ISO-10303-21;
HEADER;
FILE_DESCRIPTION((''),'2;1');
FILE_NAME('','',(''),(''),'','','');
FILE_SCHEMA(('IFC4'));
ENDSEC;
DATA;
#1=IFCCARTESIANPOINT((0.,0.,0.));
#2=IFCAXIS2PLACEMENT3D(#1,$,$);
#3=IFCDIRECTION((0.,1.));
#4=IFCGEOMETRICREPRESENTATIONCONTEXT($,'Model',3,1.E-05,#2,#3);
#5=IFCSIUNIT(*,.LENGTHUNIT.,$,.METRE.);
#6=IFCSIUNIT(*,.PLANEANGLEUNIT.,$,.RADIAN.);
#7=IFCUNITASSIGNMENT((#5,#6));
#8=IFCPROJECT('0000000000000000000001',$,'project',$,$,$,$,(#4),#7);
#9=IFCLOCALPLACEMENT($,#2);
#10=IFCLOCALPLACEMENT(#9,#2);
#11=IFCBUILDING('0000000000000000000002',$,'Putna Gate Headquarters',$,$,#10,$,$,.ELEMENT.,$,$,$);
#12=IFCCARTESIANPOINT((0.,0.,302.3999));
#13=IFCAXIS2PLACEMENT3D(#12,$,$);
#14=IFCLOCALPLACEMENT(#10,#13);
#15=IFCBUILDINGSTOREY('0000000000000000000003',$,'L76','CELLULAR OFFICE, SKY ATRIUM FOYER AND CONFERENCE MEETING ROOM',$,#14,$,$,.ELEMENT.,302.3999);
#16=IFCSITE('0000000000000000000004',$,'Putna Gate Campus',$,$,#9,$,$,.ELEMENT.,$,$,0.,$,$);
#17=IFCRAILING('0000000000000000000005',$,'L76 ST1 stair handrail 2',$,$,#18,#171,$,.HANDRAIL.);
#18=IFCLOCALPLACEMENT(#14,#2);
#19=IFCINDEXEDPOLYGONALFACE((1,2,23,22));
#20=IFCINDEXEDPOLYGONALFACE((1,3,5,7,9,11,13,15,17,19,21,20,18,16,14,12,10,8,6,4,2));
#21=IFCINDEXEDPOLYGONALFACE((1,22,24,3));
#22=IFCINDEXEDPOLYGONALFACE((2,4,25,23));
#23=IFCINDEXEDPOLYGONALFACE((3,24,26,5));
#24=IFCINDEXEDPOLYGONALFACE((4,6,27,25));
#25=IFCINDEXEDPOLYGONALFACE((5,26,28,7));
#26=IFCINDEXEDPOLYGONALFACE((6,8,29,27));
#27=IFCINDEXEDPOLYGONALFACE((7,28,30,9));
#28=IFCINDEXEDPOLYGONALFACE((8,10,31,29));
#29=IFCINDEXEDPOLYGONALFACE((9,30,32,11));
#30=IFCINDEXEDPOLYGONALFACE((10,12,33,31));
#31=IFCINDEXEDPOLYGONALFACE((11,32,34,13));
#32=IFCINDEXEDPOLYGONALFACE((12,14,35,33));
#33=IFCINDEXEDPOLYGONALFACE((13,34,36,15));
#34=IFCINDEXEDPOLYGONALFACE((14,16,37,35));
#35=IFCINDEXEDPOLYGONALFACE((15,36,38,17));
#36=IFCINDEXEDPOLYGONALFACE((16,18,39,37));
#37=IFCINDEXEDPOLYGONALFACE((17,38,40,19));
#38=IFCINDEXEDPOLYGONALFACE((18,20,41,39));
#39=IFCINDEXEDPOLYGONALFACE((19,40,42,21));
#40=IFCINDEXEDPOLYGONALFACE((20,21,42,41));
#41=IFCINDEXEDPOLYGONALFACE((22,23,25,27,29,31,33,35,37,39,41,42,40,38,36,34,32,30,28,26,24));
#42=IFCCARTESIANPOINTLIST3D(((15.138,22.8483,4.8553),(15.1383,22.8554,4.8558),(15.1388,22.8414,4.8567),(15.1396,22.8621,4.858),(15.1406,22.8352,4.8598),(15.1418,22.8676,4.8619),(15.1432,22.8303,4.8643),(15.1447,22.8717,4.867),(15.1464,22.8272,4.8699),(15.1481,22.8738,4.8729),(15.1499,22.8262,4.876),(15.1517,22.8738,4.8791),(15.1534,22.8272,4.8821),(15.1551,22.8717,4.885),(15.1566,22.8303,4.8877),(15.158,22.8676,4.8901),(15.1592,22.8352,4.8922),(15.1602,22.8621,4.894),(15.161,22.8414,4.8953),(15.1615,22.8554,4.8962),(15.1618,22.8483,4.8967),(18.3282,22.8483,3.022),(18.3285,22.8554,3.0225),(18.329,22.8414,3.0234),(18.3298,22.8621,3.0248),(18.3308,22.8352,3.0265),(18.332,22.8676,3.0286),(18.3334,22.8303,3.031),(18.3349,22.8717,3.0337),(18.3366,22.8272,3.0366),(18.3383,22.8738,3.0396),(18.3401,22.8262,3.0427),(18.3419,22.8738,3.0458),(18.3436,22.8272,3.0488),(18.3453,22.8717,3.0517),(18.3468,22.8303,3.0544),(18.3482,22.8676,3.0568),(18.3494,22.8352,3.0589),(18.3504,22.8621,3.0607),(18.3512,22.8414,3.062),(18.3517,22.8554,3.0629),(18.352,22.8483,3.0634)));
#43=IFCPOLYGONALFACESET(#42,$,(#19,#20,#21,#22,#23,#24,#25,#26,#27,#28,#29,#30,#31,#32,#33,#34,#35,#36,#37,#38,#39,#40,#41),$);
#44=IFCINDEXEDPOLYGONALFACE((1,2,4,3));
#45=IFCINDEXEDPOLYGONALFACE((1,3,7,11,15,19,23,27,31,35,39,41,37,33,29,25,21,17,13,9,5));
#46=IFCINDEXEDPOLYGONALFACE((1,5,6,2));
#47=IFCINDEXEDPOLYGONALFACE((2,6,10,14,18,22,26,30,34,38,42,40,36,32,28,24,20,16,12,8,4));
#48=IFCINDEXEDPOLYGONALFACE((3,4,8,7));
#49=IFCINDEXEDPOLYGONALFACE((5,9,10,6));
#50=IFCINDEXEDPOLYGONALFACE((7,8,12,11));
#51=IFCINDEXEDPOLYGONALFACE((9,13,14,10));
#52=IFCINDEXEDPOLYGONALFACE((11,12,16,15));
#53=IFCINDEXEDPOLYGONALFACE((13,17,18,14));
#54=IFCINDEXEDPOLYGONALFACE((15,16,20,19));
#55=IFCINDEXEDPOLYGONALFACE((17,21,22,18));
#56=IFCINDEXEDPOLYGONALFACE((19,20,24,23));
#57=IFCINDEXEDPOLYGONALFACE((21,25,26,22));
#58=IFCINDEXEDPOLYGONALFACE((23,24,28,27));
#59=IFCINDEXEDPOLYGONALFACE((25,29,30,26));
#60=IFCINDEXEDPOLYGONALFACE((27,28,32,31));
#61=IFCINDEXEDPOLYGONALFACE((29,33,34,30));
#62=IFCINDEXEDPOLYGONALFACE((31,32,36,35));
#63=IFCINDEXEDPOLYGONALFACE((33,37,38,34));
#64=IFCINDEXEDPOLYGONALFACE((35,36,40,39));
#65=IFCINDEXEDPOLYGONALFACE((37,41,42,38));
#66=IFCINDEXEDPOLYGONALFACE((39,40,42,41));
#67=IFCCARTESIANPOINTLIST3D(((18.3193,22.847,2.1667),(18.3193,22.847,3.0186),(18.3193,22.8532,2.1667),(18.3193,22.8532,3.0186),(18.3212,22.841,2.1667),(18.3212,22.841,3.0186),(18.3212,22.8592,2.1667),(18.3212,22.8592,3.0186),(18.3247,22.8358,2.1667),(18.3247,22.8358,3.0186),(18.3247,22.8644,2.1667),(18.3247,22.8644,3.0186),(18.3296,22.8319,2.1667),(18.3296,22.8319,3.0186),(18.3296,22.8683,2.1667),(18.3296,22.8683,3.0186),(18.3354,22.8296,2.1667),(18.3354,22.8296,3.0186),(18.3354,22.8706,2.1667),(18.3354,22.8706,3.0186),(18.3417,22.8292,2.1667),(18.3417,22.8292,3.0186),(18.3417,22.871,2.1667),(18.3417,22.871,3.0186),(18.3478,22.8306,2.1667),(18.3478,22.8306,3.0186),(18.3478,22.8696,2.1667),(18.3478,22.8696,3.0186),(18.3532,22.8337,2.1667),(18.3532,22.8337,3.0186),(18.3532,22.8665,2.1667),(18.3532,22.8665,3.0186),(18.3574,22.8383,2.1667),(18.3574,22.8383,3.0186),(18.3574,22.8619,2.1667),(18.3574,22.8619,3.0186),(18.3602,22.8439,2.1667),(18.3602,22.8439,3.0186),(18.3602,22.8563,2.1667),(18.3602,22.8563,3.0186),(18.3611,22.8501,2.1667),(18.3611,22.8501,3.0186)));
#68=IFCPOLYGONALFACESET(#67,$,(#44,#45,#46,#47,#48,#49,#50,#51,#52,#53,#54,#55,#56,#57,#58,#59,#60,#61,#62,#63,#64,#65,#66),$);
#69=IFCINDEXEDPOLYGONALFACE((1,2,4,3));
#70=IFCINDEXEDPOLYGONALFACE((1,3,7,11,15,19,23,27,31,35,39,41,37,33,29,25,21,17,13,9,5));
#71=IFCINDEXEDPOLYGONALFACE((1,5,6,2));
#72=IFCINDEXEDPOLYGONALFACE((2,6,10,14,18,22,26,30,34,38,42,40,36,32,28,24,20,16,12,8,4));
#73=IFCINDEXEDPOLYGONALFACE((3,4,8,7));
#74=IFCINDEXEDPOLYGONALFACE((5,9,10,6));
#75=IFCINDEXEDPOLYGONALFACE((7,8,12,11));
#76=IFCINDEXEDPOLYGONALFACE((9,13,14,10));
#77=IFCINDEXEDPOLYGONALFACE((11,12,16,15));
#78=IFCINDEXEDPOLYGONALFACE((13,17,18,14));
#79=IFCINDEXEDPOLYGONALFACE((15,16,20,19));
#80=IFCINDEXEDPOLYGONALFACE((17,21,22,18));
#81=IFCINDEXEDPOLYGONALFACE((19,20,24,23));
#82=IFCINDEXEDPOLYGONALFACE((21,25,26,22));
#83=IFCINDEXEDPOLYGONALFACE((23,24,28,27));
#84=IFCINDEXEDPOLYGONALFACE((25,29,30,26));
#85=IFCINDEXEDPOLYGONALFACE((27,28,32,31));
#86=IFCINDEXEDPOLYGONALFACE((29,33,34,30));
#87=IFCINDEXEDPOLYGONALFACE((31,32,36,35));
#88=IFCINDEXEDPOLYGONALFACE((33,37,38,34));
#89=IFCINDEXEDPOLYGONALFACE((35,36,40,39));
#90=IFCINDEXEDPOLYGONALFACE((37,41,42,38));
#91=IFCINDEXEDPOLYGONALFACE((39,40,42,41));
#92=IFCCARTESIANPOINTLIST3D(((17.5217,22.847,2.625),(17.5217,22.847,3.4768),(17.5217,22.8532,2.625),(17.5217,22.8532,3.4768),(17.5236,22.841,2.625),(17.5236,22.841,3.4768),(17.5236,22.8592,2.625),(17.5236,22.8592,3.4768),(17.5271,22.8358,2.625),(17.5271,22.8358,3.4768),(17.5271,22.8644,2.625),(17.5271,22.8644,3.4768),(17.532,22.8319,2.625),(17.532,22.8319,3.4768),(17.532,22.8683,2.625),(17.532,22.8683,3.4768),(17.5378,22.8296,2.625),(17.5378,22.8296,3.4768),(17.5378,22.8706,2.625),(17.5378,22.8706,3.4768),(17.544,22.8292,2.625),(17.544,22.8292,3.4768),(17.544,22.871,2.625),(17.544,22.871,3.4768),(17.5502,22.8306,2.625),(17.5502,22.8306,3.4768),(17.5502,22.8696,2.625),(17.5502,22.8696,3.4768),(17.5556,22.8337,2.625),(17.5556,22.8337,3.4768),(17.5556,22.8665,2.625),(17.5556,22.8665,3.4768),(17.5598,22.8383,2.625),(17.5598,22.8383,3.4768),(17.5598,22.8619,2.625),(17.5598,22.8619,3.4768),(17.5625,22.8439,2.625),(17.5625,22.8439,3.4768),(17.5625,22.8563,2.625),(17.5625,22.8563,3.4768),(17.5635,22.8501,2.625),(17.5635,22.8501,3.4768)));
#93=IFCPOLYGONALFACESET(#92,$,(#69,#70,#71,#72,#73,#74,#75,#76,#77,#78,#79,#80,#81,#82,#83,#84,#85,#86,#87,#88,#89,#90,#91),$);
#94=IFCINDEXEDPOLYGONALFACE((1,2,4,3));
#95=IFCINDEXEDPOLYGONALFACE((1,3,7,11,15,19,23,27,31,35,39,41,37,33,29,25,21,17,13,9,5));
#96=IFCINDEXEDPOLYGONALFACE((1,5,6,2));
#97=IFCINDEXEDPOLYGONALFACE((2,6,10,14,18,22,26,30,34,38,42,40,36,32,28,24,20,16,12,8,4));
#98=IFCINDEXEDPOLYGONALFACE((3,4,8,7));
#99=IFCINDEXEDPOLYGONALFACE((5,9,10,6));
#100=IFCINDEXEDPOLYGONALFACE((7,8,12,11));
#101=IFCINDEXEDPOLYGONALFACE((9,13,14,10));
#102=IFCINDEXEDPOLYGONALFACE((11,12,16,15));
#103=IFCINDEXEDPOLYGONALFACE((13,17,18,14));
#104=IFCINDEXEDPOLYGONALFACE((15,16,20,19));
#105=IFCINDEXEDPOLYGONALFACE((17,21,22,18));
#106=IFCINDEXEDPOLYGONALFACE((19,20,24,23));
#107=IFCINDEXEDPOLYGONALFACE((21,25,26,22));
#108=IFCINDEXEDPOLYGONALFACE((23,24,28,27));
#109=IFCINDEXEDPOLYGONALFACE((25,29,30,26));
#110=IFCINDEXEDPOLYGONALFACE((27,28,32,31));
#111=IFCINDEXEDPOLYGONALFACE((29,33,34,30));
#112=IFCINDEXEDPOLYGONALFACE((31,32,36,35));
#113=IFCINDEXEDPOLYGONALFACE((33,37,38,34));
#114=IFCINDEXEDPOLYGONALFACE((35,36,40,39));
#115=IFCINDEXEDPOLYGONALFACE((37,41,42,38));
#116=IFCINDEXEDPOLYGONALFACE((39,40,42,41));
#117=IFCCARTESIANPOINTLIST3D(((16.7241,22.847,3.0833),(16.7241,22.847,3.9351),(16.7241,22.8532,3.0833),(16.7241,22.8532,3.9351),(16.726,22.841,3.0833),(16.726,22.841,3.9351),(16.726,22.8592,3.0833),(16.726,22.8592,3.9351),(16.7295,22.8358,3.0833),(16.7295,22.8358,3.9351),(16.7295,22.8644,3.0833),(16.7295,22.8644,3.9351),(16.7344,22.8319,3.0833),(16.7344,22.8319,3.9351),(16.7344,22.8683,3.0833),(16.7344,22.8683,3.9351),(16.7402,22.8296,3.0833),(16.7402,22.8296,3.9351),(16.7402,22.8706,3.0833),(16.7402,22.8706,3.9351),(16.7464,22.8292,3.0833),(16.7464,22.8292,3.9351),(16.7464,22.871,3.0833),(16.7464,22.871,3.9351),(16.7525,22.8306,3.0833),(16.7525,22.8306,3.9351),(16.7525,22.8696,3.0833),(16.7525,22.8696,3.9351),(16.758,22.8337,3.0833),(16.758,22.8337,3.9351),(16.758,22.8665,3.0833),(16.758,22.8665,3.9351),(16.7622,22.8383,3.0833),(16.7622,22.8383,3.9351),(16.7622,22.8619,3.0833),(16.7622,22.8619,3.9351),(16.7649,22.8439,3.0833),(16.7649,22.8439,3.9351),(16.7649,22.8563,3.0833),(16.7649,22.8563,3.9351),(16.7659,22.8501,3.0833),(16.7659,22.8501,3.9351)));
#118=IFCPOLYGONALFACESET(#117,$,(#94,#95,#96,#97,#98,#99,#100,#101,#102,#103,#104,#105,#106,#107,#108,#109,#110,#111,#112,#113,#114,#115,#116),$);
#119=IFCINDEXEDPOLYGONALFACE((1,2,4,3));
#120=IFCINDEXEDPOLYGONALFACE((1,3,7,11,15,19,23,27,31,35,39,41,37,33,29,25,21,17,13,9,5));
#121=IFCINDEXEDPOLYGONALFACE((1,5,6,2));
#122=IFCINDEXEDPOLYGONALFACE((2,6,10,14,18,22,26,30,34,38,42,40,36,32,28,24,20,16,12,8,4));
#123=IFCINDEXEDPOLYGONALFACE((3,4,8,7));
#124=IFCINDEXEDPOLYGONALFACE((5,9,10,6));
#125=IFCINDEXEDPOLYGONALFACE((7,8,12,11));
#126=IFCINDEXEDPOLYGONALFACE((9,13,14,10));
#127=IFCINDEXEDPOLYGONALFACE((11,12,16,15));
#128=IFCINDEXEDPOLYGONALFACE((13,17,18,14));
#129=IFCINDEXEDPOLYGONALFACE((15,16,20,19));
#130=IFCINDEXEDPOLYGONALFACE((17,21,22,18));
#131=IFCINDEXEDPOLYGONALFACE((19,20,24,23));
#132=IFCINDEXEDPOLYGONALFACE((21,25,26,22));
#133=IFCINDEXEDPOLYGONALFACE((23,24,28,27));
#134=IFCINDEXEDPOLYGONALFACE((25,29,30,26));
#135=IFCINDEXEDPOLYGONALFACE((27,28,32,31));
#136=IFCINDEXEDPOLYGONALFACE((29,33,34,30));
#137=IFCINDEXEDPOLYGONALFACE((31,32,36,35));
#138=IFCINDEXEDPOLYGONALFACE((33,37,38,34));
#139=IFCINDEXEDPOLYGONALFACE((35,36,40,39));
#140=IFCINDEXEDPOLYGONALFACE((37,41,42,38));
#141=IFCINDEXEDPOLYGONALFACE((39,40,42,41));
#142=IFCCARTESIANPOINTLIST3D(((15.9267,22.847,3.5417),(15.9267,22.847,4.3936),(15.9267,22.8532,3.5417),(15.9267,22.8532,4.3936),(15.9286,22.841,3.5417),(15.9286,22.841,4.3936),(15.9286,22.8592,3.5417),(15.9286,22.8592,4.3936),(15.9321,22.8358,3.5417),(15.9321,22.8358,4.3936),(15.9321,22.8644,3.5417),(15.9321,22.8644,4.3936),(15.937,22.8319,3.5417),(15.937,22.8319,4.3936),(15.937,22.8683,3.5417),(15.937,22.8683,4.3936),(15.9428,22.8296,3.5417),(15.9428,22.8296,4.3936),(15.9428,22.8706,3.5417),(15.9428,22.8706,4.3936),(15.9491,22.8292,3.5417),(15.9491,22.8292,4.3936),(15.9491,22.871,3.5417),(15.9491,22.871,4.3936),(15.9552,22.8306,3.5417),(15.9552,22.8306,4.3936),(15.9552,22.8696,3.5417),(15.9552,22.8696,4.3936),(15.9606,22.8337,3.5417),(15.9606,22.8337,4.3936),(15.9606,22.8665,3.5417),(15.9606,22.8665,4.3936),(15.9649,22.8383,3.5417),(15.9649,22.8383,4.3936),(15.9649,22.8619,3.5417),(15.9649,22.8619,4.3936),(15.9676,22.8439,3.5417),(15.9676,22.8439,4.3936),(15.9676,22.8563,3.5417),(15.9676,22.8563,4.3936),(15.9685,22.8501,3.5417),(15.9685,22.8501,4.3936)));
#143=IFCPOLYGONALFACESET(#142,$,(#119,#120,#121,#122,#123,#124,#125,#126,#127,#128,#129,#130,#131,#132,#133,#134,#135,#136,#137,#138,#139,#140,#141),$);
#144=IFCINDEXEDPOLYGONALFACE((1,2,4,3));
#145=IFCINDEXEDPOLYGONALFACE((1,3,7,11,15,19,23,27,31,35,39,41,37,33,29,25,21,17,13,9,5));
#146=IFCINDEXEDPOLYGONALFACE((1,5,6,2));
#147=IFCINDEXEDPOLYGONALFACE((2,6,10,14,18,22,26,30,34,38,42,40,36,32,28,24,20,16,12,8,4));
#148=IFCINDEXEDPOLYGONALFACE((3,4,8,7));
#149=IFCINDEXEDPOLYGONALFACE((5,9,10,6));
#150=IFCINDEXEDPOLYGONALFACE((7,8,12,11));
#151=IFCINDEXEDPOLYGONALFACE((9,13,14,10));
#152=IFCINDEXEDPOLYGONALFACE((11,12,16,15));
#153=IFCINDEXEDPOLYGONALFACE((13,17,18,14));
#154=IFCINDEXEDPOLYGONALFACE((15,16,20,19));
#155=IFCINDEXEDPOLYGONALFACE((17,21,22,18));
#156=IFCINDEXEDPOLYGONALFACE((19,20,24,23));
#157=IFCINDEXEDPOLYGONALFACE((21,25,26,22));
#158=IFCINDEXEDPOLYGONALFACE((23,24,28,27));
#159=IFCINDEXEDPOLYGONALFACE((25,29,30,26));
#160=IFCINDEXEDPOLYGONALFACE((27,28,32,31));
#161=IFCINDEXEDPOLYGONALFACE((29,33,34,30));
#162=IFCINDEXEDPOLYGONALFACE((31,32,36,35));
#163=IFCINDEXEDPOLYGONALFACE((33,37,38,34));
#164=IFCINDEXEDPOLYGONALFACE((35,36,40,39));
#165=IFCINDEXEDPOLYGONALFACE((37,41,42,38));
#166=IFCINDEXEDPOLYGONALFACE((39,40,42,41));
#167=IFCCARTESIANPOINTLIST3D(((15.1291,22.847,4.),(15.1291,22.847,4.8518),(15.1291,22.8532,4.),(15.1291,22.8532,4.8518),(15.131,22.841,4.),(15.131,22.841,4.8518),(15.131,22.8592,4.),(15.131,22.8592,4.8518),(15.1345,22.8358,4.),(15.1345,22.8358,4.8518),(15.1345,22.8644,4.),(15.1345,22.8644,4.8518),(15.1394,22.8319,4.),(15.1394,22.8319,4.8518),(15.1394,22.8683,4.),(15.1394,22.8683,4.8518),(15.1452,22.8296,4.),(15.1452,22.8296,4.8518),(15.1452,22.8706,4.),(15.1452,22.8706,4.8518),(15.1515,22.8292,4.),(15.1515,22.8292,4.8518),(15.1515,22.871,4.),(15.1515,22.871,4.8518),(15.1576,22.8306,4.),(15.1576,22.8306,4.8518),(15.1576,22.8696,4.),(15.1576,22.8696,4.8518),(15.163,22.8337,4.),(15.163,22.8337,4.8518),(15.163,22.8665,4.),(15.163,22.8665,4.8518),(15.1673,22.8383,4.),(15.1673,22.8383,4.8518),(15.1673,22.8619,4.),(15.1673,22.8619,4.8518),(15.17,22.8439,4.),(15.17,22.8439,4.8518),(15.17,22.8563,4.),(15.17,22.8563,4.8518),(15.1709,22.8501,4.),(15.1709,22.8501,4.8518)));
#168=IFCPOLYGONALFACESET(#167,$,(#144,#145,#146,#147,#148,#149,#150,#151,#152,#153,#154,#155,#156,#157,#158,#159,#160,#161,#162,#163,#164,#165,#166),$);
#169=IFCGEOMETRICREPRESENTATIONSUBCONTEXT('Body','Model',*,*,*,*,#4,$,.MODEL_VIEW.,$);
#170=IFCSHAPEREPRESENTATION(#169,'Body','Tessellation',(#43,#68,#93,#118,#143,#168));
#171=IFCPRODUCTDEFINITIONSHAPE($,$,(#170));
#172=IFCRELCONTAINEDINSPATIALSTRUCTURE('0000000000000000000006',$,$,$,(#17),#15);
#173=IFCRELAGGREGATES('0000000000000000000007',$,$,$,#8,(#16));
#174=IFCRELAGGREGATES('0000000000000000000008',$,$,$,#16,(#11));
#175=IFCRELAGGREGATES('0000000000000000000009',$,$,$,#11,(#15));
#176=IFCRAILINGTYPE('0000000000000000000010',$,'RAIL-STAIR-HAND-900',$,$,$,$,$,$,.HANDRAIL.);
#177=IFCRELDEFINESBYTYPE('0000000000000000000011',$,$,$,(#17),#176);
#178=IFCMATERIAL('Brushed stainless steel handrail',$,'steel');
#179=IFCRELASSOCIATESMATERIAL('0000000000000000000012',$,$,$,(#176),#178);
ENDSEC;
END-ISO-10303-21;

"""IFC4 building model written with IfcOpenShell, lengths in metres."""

from ifc_helpers import new_model, si_unit, direction, frame, origin, origin_2d, place, context, subcontext, project, spatial, circle, extrude, material, type_object, element, save


model = new_model("IFC4")

# Units and contexts
model_context = context("Model", 3, precision=1e-05, world=origin(), true_north=direction((0.0, 1.0)))
body_context = subcontext(model_context, "Body", "Model", "MODEL_VIEW")
ifc_project = project(units=[si_unit("LENGTHUNIT", "METRE"), si_unit("PLANEANGLEUNIT", "RADIAN")], contexts=[model_context])

# Site, building, storey
site_placement = place(None, origin())
site = spatial("IfcSite", under=ifc_project, at=site_placement, Name="Putna Gate Campus", CompositionType="ELEMENT", RefElevation=0.0)
building_placement = place(site_placement, origin())
building = spatial("IfcBuilding", under=site, at=building_placement, Name="Putna Gate Headquarters", CompositionType="ELEMENT")
storey_placement = place(building_placement, frame((0.0, 0.0, 302.3999)))
storey = spatial("IfcBuildingStorey", under=building, at=storey_placement, Name="L76", Description="CELLULAR OFFICE, SKY ATRIUM FOYER AND CONFERENCE MEETING ROOM", CompositionType="ELEMENT", Elevation=302.3999)

# Railing
ifc_material_1 = material(Name="Brushed stainless steel handrail", Category="steel")
railing_type_1 = type_object("IfcRailingType", Name="RAIL-STAIR-HAND-900", PredefinedType="HANDRAIL", material=ifc_material_1)
railing_1_placement = place(storey_placement, frame((18.3401, 22.8501, 2.1667)))
element("IfcRailing", 1, at=railing_1_placement, inside=storey, type_object=railing_type_1, Name="L76 ST1 stair handrail 2", PredefinedType="HANDRAIL", context=body_context, shape_type="SweptSolid", body=[
    extrude(circle(Radius=0.0239, at=origin_2d()), frame((0.0, 0.0, 0.876), z_axis=(-0.867036, 0.0, 0.498245), x_axis=(0.0, -1.0, 0.0)), (0.0, 0.0, 1.0), 3.6794),
    extrude(circle(Radius=0.021, at=origin_2d()), origin(), (0.0, 0.0, 1.0), 0.8518),
    extrude(circle(Radius=0.021, at=origin_2d()), frame((-0.7976, 0.0, 0.4583)), (0.0, 0.0, 1.0), 0.8518),
    extrude(circle(Radius=0.021, at=origin_2d()), frame((-1.5952, 0.0, 0.9165)), (0.0, 0.0, 1.0), 0.8518),
    extrude(circle(Radius=0.021, at=origin_2d()), frame((-2.3926, 0.0, 1.375)), (0.0, 0.0, 1.0), 0.8518),
    extrude(circle(Radius=0.021, at=origin_2d()), frame((-3.1902, 0.0, 1.8333)), (0.0, 0.0, 1.0), 0.8518),
])

save(model, "model.ifc")
